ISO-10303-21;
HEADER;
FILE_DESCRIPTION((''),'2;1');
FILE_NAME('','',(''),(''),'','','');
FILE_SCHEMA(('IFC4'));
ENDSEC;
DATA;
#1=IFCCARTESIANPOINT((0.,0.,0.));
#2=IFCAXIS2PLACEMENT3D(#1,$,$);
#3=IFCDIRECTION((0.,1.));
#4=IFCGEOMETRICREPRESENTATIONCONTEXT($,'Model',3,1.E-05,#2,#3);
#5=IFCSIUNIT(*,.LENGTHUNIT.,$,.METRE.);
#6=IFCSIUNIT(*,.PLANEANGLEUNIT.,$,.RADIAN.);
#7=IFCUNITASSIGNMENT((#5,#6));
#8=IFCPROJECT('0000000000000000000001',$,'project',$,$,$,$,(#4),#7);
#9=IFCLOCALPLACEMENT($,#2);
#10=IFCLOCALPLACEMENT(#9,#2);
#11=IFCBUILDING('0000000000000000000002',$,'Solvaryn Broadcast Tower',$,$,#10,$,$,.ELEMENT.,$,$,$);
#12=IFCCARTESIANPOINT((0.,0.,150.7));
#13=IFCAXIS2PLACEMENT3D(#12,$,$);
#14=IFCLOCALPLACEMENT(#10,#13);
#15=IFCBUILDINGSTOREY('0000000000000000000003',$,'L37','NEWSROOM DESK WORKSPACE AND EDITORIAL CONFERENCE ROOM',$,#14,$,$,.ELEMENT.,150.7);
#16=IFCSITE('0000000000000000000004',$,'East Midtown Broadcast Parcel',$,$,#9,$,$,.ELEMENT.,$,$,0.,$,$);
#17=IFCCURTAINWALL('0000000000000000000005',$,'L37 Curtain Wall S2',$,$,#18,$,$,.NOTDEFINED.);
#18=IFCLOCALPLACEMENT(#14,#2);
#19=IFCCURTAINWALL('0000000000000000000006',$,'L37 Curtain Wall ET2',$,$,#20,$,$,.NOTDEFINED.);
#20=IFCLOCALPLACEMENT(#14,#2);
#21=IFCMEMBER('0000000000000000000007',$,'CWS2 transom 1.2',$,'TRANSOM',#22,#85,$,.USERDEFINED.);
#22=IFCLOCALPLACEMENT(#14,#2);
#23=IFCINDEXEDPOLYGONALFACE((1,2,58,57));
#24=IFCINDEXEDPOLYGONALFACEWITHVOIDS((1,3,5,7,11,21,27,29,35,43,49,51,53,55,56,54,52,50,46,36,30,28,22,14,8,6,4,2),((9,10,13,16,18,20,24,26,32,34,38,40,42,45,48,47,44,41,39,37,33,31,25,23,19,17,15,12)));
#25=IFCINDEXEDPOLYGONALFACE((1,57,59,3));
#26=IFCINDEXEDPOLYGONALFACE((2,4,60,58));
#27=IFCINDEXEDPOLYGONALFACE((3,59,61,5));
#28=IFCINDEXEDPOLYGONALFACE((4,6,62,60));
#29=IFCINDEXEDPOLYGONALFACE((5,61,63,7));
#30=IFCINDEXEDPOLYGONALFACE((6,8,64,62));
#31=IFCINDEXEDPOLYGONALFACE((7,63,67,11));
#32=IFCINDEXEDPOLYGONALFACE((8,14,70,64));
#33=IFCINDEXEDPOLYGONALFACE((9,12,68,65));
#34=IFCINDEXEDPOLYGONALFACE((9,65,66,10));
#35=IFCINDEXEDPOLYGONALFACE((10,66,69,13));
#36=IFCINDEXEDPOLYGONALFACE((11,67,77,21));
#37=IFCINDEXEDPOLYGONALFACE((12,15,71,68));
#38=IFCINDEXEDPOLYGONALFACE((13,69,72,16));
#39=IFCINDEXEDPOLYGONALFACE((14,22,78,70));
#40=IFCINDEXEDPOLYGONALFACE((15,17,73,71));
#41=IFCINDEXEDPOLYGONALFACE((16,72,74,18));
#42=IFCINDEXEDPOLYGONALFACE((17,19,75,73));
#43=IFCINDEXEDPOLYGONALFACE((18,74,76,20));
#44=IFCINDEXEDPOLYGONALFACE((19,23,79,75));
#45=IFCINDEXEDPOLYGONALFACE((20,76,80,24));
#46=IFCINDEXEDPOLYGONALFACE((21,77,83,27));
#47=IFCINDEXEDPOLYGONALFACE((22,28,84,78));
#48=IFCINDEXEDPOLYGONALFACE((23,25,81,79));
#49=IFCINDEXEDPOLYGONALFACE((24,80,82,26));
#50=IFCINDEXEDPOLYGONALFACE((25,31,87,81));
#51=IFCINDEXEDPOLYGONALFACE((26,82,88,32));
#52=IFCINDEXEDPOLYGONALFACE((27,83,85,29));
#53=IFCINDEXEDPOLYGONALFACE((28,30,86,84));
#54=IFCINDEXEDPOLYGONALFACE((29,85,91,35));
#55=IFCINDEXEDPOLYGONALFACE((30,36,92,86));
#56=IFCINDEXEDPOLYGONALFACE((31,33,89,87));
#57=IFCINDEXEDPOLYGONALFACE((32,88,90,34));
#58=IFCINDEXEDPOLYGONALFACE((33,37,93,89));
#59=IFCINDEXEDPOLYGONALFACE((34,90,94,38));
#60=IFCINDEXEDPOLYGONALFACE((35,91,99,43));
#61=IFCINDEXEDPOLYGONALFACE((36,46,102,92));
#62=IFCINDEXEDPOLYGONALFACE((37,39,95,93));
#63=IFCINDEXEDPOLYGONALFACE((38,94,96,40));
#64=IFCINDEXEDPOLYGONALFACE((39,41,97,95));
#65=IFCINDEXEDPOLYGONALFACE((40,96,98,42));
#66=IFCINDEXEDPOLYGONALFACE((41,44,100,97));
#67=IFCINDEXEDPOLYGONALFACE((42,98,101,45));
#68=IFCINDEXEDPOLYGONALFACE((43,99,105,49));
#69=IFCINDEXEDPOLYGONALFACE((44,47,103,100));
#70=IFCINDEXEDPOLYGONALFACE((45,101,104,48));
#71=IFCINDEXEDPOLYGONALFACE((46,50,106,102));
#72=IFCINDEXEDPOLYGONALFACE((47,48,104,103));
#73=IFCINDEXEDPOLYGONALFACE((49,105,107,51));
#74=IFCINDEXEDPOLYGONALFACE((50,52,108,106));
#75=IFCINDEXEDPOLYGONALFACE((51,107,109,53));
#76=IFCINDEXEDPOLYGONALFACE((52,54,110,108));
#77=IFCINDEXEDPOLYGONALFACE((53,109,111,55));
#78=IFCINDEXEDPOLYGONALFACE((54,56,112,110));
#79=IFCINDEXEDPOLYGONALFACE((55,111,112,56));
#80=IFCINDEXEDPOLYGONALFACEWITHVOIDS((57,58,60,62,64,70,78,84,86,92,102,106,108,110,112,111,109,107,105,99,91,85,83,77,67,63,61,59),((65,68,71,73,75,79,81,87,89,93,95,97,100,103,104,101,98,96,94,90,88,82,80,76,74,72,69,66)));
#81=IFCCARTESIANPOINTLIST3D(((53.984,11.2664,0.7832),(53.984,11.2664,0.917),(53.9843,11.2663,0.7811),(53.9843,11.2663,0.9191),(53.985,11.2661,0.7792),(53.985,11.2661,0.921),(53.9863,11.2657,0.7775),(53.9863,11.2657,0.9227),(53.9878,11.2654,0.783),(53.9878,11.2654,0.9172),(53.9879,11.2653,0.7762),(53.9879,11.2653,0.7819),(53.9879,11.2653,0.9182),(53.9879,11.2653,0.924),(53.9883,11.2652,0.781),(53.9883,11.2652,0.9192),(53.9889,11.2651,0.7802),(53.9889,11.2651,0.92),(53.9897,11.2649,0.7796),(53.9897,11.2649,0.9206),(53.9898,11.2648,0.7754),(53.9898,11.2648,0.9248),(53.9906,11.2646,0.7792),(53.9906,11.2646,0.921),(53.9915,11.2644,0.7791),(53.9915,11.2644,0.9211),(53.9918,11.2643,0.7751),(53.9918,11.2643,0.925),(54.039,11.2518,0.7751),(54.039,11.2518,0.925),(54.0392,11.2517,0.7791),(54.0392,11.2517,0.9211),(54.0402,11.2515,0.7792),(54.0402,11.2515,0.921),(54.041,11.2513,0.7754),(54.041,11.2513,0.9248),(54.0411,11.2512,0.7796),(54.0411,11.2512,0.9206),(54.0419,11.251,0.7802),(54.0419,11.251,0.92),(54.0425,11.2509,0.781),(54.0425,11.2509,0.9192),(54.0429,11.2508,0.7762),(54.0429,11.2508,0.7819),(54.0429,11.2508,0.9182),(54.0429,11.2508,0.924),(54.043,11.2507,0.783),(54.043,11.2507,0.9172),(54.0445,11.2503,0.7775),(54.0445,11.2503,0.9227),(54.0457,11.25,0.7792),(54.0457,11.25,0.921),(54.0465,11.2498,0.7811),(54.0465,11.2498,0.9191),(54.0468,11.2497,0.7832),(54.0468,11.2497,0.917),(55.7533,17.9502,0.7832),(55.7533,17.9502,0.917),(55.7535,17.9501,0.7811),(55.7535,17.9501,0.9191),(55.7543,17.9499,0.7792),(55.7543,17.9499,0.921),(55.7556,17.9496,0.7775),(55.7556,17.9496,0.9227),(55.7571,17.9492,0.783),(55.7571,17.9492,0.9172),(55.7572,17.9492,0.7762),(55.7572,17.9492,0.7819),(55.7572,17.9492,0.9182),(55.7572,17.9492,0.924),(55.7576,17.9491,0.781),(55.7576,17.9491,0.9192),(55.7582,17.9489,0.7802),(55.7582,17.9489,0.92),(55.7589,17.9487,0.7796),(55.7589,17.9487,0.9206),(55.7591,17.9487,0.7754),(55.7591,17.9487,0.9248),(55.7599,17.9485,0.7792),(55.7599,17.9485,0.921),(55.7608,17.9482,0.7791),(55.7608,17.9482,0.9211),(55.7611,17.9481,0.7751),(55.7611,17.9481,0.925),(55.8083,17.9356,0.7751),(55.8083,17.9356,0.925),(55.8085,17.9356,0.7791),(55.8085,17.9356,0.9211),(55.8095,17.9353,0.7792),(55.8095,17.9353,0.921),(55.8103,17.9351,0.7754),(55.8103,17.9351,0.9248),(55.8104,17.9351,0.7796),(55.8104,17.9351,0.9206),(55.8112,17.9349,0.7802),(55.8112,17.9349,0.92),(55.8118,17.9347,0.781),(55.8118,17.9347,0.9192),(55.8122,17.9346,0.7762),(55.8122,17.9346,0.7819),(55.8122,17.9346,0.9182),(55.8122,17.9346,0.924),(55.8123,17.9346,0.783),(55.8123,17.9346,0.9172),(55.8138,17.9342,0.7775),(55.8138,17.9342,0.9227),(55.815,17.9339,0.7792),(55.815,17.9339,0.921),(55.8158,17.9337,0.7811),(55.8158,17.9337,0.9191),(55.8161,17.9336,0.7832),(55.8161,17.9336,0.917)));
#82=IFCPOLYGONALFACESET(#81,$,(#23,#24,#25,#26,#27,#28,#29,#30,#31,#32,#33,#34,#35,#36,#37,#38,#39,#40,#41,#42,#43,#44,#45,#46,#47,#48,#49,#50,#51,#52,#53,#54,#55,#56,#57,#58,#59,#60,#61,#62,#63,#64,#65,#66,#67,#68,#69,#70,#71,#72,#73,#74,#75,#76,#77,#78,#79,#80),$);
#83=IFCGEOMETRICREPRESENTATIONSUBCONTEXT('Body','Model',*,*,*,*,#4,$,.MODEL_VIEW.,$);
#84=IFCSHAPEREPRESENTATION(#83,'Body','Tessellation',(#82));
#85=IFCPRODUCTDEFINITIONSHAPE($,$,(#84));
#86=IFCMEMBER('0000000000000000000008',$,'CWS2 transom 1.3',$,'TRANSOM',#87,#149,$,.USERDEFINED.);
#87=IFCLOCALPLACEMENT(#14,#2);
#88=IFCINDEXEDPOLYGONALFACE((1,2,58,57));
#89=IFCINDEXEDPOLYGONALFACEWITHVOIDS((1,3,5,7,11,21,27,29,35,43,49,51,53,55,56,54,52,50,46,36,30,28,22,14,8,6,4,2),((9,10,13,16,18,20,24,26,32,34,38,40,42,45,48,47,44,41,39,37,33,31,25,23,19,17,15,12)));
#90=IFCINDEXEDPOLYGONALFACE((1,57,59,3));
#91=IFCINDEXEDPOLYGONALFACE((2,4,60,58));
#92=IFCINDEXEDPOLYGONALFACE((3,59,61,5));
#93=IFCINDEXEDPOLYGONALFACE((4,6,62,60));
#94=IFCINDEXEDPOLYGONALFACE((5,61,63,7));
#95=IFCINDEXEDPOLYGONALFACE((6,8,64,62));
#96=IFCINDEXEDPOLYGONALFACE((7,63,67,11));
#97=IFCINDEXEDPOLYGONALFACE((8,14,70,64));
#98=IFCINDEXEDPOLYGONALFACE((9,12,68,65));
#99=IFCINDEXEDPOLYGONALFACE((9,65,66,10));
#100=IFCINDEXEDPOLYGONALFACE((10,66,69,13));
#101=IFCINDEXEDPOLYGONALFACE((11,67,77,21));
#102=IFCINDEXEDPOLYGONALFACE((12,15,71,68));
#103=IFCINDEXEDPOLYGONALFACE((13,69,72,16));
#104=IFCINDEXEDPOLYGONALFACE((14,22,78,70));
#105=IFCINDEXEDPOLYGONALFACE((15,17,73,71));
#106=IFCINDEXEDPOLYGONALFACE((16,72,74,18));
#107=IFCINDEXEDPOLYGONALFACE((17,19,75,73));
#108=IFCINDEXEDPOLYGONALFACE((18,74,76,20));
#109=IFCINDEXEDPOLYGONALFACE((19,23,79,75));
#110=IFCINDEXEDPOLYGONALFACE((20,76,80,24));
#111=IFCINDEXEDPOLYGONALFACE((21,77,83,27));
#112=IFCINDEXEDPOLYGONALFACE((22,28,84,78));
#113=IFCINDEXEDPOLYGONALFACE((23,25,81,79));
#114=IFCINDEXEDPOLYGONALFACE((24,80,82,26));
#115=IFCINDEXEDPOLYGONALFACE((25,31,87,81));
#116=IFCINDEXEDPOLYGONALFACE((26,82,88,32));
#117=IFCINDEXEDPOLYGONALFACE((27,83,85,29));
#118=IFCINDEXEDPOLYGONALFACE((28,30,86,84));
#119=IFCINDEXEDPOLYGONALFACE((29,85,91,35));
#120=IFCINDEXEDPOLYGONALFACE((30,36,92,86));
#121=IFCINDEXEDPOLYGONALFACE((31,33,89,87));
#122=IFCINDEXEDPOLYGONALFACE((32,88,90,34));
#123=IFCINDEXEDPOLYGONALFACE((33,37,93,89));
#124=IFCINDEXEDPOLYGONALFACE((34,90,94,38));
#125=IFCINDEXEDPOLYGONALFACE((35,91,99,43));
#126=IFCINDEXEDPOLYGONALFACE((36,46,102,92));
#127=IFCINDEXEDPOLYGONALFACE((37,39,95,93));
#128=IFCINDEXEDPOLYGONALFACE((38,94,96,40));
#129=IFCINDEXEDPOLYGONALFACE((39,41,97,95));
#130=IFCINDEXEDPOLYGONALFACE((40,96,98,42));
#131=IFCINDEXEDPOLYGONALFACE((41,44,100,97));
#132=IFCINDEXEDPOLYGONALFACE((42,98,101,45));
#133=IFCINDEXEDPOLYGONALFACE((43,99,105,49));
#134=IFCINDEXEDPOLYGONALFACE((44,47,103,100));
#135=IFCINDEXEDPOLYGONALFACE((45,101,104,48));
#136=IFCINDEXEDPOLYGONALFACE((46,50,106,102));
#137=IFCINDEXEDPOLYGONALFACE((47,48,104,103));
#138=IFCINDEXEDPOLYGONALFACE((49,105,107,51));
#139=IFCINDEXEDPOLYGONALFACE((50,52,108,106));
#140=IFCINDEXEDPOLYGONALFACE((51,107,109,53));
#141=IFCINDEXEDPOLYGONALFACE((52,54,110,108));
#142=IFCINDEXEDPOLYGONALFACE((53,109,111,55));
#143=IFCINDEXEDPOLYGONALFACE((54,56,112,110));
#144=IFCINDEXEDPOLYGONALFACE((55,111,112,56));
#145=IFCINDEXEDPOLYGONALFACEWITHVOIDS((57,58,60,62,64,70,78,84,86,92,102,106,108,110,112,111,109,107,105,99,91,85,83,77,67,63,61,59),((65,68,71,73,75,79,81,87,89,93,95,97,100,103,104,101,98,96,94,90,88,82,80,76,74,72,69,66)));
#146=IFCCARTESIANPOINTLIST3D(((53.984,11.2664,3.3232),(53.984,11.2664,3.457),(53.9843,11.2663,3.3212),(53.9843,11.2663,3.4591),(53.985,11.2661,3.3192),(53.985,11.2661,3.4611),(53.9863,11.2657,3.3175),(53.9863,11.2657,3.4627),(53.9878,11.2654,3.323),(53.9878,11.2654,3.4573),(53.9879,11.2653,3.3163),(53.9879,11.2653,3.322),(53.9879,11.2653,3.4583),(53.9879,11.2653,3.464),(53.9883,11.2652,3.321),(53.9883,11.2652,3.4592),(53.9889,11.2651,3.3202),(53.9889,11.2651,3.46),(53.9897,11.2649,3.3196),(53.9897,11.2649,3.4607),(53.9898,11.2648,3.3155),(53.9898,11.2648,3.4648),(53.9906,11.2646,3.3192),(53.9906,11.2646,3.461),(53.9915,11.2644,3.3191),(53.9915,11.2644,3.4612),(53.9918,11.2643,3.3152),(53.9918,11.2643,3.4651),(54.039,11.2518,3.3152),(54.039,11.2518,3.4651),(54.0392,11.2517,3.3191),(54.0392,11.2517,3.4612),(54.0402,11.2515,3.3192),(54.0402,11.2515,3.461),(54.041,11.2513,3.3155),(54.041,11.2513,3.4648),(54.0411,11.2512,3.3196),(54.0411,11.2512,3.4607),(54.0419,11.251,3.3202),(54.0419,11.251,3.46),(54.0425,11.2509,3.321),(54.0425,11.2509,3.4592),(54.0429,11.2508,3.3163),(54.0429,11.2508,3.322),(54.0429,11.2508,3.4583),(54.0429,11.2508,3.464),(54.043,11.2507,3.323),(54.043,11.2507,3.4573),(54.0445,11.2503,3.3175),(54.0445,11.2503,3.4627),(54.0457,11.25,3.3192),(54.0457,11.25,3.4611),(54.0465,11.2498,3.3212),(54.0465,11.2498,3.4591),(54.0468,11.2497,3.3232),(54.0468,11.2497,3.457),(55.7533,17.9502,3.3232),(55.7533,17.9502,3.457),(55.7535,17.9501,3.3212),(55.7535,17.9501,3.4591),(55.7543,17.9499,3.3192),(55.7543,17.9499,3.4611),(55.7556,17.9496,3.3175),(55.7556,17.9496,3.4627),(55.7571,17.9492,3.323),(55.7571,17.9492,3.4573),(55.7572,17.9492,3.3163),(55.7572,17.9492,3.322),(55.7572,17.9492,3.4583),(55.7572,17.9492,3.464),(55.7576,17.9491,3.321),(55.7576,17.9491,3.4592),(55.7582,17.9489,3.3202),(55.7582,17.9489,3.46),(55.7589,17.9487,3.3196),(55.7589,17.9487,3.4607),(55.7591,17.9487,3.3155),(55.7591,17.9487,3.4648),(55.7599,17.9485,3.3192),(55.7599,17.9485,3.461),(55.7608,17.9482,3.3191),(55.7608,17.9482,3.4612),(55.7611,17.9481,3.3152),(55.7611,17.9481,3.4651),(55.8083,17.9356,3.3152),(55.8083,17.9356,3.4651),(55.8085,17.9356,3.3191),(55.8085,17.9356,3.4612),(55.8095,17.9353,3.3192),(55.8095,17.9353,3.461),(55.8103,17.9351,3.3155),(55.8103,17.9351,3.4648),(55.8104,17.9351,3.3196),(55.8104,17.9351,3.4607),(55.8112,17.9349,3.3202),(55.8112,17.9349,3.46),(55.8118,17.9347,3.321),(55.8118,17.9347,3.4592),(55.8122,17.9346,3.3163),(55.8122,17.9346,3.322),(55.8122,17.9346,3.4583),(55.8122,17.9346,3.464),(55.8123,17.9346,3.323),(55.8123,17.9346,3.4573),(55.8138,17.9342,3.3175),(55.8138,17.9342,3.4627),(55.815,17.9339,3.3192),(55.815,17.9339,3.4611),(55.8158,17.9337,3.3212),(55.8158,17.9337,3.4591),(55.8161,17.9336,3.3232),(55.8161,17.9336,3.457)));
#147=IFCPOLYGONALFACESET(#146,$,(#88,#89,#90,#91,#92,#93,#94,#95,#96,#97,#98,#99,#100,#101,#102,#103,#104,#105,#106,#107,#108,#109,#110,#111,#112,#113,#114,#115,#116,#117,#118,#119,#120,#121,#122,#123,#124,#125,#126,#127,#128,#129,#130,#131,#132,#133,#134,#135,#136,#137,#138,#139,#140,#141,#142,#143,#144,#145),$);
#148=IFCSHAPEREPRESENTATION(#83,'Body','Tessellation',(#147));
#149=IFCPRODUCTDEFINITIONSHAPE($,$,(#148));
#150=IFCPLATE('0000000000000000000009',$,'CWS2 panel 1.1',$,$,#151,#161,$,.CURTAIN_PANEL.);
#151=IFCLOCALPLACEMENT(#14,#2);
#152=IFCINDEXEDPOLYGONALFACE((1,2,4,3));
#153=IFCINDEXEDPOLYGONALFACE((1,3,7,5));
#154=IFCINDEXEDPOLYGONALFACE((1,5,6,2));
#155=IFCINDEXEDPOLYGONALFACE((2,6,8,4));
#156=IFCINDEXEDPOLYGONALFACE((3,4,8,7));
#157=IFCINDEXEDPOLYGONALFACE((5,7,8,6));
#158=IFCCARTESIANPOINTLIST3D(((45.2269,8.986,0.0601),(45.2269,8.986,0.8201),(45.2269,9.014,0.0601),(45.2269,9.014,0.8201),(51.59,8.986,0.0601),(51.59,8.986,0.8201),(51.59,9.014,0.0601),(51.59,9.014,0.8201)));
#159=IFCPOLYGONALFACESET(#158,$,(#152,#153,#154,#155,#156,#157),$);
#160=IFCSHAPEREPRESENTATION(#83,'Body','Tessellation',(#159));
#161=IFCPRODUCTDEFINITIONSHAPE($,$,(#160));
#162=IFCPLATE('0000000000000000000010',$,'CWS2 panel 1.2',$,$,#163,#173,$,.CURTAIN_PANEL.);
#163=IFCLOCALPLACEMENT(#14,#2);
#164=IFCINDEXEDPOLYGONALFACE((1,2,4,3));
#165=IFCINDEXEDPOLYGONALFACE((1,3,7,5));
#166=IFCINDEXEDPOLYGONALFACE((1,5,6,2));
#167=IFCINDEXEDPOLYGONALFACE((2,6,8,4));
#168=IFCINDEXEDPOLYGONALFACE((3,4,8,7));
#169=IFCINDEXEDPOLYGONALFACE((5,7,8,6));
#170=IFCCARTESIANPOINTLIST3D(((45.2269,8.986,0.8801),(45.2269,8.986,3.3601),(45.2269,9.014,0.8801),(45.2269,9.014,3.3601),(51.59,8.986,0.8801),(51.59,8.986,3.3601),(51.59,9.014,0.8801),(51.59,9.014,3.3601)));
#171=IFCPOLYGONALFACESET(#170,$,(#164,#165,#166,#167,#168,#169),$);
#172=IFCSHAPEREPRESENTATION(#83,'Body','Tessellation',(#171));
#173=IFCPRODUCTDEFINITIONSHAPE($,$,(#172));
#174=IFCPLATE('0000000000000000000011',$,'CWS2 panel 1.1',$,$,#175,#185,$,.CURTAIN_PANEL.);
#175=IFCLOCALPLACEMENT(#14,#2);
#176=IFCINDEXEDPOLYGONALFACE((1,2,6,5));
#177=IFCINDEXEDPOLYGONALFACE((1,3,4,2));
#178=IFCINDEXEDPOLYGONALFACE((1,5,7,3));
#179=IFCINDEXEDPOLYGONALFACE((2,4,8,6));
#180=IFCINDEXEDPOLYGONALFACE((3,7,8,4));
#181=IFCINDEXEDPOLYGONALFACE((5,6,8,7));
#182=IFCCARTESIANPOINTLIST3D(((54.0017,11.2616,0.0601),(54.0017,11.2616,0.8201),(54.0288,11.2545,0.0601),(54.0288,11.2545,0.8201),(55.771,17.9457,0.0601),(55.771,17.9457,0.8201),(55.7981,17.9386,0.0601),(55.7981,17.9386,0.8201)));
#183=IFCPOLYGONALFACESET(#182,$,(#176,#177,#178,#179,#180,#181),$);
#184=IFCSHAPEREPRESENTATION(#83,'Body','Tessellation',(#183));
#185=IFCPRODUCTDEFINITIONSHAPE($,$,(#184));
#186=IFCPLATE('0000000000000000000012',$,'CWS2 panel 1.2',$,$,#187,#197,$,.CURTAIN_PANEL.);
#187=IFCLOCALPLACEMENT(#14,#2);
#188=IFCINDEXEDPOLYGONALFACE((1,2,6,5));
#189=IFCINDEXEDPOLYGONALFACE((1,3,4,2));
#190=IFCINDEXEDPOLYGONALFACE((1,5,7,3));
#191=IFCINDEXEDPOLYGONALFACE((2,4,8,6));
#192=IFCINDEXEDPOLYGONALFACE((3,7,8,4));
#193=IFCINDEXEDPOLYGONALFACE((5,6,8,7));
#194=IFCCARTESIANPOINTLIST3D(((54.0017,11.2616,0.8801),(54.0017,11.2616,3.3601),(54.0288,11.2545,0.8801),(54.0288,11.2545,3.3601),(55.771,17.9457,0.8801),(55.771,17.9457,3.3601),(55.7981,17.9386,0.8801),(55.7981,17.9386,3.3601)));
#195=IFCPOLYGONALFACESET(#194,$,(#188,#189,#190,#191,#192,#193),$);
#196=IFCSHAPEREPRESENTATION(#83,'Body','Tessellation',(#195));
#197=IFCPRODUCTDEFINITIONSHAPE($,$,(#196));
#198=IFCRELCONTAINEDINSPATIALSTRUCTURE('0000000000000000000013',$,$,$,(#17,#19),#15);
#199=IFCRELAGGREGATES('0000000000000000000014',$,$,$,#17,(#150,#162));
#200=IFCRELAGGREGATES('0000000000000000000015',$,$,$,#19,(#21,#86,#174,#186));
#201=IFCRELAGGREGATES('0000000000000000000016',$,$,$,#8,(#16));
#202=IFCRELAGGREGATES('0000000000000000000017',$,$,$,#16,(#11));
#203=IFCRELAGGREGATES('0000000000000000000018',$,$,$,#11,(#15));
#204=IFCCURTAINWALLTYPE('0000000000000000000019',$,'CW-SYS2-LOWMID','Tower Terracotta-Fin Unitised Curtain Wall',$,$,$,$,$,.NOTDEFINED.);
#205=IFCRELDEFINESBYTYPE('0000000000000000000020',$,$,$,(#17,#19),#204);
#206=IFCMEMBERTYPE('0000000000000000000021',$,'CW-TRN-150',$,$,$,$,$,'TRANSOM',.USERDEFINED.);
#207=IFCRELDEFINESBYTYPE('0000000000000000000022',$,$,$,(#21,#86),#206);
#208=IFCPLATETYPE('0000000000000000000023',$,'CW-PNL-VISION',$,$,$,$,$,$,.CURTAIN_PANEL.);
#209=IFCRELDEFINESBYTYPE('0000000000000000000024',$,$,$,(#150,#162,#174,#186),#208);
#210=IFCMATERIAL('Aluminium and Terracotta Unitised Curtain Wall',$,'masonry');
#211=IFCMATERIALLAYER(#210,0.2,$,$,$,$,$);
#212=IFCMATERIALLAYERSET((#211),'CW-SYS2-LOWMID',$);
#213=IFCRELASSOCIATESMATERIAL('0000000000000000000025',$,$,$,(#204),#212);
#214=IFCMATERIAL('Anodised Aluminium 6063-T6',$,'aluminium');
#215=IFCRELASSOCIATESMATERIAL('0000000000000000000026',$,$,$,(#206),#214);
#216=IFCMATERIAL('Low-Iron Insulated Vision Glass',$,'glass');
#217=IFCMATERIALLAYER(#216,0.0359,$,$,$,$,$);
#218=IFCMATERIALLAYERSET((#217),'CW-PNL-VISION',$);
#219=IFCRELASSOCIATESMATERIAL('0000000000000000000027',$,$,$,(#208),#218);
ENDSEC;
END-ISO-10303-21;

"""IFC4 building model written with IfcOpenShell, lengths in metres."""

from ifc_helpers import new_model, si_unit, direction, frame, origin, origin_2d, place, context, subcontext, project, spatial, rectangle, hollow_rectangle, extrude, material, layer, layer_set, material_profile, profile_set, type_object, element, aggregate, save


model = new_model("IFC4")

# Units and contexts
model_context = context("Model", 3, precision=1e-05, world=origin(), true_north=direction((0.0, 1.0)))
body_context = subcontext(model_context, "Body", "Model", "MODEL_VIEW")
ifc_project = project(units=[si_unit("LENGTHUNIT", "METRE"), si_unit("PLANEANGLEUNIT", "RADIAN")], contexts=[model_context])

# Site, building, storey
site_placement = place(None, origin())
site = spatial("IfcSite", under=ifc_project, at=site_placement, Name="East Midtown Broadcast Parcel", CompositionType="ELEMENT", RefElevation=0.0)
building_placement = place(site_placement, origin())
building = spatial("IfcBuilding", under=site, at=building_placement, Name="Solvaryn Broadcast Tower", CompositionType="ELEMENT")
storey_placement = place(building_placement, frame((0.0, 0.0, 150.7)))
storey = spatial("IfcBuildingStorey", under=building, at=storey_placement, Name="L37", Description="NEWSROOM DESK WORKSPACE AND EDITORIAL CONFERENCE ROOM", CompositionType="ELEMENT", Elevation=150.7)

# Curtain wall
ifc_material_1 = material(Name="Aluminium and Terracotta Unitised Curtain Wall", Category="masonry")
ifc_layer_1 = layer(ifc_material_1, 0.2)
ifc_layer_set_1 = layer_set([ifc_layer_1], Name="CW-SYS2-LOWMID")
curtain_wall_type = type_object("IfcCurtainWallType", Name="CW-SYS2-LOWMID", Description="Tower Terracotta-Fin Unitised Curtain Wall", PredefinedType="NOTDEFINED", material=ifc_layer_set_1)
curtain_wall_1_placement = place(storey_placement, origin())
curtain_wall_1 = element("IfcCurtainWall", 1, at=curtain_wall_1_placement, inside=storey, type_object=curtain_wall_type, Name="L37 Curtain Wall S2", PredefinedType="NOTDEFINED")

# Curtain wall
curtain_wall_2_placement = place(storey_placement, origin())
curtain_wall_2 = element("IfcCurtainWall", 2, at=curtain_wall_2_placement, inside=storey, type_object=curtain_wall_type, Name="L37 Curtain Wall ET2", PredefinedType="NOTDEFINED")

# Members
ifc_material_2 = material(Name="Anodised Aluminium 6063-T6", Category="aluminium")
ifc_material_profile_1 = material_profile(ifc_material_2, hollow_rectangle(XDim=0.0649, YDim=0.1499, WallThickness=0.0039, InnerFilletRadius=0.0039, OuterFilletRadius=0.0081, at=origin_2d()))
ifc_profile_set_1 = profile_set([ifc_material_profile_1], Name="Anodised Aluminium 6063-T6")
member_type_1 = type_object("IfcMemberType", Name="CW-TRN-150", ElementType="TRANSOM", PredefinedType="USERDEFINED", material=ifc_profile_set_1)
member_1_placement = place(storey_placement, frame((55.7847, 17.9419, 0.8501), z_axis=(-0.255897, -0.966704, 0.0), x_axis=(0.966704, -0.255897, 0.0)))
member_1 = element("IfcMember", 3, at=member_1_placement, type_object=member_type_1, Name="CWS2 transom 1.2", ObjectType="TRANSOM", PredefinedType="USERDEFINED", context=body_context, shape_type="SweptSolid", body=[
    extrude(hollow_rectangle(XDim=0.0649, YDim=0.1499, WallThickness=0.0039, InnerFilletRadius=0.0039, OuterFilletRadius=0.0081, at=origin_2d()), origin(), (0.0, 0.0, 1.0), 6.9141),
])
member_2_placement = place(storey_placement, frame((55.7847, 17.9419, 3.3901), z_axis=(-0.255897, -0.966704, 0.0), x_axis=(0.966704, -0.255897, 0.0)))
member_2 = element("IfcMember", 4, at=member_2_placement, type_object=member_type_1, Name="CWS2 transom 1.3", ObjectType="TRANSOM", PredefinedType="USERDEFINED", context=body_context, shape_type="SweptSolid", body=[
    extrude(hollow_rectangle(XDim=0.0649, YDim=0.1499, WallThickness=0.0039, InnerFilletRadius=0.0039, OuterFilletRadius=0.0081, at=origin_2d()), origin(), (0.0, 0.0, 1.0), 6.9141),
])

# Plates
ifc_material_3 = material(Name="Low-Iron Insulated Vision Glass", Category="glass")
ifc_layer_2 = layer(ifc_material_3, 0.0359)
ifc_layer_set_2 = layer_set([ifc_layer_2], Name="CW-PNL-VISION")
plate_type = type_object("IfcPlateType", Name="CW-PNL-VISION", PredefinedType="CURTAIN_PANEL", material=ifc_layer_set_2)
plate_1_placement = place(storey_placement, frame((48.4084, 9.0, 0.0601), z_axis=(0.0, 0.0, 1.0), x_axis=(1.0, 0.0, 0.0)))
plate_1 = element("IfcPlate", 5, at=plate_1_placement, type_object=plate_type, Name="CWS2 panel 1.1", PredefinedType="CURTAIN_PANEL", context=body_context, shape_type="SweptSolid", body=[
    extrude(rectangle(XDim=6.363, YDim=0.0281, at=origin_2d()), origin(), (0.0, 0.0, 1.0), 0.76),
])
plate_2_placement = place(storey_placement, frame((48.4084, 9.0, 0.8801), z_axis=(0.0, 0.0, 1.0), x_axis=(1.0, 0.0, 0.0)))
plate_2 = element("IfcPlate", 6, at=plate_2_placement, type_object=plate_type, Name="CWS2 panel 1.2", PredefinedType="CURTAIN_PANEL", context=body_context, shape_type="SweptSolid", body=[
    extrude(rectangle(XDim=6.363, YDim=0.0281, at=origin_2d()), origin(), (0.0, 0.0, 1.0), 2.48),
])
aggregate(curtain_wall_1, [plate_1, plate_2])
plate_3_placement = place(storey_placement, frame((54.8999, 14.6001, 0.0601), z_axis=(0.0, 0.0, 1.0), x_axis=(-0.255893, -0.966705, 0.0)))
plate_3 = element("IfcPlate", 7, at=plate_3_placement, type_object=plate_type, Name="CWS2 panel 1.1", PredefinedType="CURTAIN_PANEL", context=body_context, shape_type="SweptSolid", body=[
    extrude(rectangle(XDim=6.9143, YDim=0.0281, at=origin_2d()), origin(), (0.0, 0.0, 1.0), 0.76),
])
plate_4_placement = place(storey_placement, frame((54.8999, 14.6001, 0.8801), z_axis=(0.0, 0.0, 1.0), x_axis=(-0.255893, -0.966705, 0.0)))
plate_4 = element("IfcPlate", 8, at=plate_4_placement, type_object=plate_type, Name="CWS2 panel 1.2", PredefinedType="CURTAIN_PANEL", context=body_context, shape_type="SweptSolid", body=[
    extrude(rectangle(XDim=6.9143, YDim=0.0281, at=origin_2d()), origin(), (0.0, 0.0, 1.0), 2.48),
])
aggregate(curtain_wall_2, [member_1, member_2, plate_3, plate_4])

save(model, "model.ifc")
